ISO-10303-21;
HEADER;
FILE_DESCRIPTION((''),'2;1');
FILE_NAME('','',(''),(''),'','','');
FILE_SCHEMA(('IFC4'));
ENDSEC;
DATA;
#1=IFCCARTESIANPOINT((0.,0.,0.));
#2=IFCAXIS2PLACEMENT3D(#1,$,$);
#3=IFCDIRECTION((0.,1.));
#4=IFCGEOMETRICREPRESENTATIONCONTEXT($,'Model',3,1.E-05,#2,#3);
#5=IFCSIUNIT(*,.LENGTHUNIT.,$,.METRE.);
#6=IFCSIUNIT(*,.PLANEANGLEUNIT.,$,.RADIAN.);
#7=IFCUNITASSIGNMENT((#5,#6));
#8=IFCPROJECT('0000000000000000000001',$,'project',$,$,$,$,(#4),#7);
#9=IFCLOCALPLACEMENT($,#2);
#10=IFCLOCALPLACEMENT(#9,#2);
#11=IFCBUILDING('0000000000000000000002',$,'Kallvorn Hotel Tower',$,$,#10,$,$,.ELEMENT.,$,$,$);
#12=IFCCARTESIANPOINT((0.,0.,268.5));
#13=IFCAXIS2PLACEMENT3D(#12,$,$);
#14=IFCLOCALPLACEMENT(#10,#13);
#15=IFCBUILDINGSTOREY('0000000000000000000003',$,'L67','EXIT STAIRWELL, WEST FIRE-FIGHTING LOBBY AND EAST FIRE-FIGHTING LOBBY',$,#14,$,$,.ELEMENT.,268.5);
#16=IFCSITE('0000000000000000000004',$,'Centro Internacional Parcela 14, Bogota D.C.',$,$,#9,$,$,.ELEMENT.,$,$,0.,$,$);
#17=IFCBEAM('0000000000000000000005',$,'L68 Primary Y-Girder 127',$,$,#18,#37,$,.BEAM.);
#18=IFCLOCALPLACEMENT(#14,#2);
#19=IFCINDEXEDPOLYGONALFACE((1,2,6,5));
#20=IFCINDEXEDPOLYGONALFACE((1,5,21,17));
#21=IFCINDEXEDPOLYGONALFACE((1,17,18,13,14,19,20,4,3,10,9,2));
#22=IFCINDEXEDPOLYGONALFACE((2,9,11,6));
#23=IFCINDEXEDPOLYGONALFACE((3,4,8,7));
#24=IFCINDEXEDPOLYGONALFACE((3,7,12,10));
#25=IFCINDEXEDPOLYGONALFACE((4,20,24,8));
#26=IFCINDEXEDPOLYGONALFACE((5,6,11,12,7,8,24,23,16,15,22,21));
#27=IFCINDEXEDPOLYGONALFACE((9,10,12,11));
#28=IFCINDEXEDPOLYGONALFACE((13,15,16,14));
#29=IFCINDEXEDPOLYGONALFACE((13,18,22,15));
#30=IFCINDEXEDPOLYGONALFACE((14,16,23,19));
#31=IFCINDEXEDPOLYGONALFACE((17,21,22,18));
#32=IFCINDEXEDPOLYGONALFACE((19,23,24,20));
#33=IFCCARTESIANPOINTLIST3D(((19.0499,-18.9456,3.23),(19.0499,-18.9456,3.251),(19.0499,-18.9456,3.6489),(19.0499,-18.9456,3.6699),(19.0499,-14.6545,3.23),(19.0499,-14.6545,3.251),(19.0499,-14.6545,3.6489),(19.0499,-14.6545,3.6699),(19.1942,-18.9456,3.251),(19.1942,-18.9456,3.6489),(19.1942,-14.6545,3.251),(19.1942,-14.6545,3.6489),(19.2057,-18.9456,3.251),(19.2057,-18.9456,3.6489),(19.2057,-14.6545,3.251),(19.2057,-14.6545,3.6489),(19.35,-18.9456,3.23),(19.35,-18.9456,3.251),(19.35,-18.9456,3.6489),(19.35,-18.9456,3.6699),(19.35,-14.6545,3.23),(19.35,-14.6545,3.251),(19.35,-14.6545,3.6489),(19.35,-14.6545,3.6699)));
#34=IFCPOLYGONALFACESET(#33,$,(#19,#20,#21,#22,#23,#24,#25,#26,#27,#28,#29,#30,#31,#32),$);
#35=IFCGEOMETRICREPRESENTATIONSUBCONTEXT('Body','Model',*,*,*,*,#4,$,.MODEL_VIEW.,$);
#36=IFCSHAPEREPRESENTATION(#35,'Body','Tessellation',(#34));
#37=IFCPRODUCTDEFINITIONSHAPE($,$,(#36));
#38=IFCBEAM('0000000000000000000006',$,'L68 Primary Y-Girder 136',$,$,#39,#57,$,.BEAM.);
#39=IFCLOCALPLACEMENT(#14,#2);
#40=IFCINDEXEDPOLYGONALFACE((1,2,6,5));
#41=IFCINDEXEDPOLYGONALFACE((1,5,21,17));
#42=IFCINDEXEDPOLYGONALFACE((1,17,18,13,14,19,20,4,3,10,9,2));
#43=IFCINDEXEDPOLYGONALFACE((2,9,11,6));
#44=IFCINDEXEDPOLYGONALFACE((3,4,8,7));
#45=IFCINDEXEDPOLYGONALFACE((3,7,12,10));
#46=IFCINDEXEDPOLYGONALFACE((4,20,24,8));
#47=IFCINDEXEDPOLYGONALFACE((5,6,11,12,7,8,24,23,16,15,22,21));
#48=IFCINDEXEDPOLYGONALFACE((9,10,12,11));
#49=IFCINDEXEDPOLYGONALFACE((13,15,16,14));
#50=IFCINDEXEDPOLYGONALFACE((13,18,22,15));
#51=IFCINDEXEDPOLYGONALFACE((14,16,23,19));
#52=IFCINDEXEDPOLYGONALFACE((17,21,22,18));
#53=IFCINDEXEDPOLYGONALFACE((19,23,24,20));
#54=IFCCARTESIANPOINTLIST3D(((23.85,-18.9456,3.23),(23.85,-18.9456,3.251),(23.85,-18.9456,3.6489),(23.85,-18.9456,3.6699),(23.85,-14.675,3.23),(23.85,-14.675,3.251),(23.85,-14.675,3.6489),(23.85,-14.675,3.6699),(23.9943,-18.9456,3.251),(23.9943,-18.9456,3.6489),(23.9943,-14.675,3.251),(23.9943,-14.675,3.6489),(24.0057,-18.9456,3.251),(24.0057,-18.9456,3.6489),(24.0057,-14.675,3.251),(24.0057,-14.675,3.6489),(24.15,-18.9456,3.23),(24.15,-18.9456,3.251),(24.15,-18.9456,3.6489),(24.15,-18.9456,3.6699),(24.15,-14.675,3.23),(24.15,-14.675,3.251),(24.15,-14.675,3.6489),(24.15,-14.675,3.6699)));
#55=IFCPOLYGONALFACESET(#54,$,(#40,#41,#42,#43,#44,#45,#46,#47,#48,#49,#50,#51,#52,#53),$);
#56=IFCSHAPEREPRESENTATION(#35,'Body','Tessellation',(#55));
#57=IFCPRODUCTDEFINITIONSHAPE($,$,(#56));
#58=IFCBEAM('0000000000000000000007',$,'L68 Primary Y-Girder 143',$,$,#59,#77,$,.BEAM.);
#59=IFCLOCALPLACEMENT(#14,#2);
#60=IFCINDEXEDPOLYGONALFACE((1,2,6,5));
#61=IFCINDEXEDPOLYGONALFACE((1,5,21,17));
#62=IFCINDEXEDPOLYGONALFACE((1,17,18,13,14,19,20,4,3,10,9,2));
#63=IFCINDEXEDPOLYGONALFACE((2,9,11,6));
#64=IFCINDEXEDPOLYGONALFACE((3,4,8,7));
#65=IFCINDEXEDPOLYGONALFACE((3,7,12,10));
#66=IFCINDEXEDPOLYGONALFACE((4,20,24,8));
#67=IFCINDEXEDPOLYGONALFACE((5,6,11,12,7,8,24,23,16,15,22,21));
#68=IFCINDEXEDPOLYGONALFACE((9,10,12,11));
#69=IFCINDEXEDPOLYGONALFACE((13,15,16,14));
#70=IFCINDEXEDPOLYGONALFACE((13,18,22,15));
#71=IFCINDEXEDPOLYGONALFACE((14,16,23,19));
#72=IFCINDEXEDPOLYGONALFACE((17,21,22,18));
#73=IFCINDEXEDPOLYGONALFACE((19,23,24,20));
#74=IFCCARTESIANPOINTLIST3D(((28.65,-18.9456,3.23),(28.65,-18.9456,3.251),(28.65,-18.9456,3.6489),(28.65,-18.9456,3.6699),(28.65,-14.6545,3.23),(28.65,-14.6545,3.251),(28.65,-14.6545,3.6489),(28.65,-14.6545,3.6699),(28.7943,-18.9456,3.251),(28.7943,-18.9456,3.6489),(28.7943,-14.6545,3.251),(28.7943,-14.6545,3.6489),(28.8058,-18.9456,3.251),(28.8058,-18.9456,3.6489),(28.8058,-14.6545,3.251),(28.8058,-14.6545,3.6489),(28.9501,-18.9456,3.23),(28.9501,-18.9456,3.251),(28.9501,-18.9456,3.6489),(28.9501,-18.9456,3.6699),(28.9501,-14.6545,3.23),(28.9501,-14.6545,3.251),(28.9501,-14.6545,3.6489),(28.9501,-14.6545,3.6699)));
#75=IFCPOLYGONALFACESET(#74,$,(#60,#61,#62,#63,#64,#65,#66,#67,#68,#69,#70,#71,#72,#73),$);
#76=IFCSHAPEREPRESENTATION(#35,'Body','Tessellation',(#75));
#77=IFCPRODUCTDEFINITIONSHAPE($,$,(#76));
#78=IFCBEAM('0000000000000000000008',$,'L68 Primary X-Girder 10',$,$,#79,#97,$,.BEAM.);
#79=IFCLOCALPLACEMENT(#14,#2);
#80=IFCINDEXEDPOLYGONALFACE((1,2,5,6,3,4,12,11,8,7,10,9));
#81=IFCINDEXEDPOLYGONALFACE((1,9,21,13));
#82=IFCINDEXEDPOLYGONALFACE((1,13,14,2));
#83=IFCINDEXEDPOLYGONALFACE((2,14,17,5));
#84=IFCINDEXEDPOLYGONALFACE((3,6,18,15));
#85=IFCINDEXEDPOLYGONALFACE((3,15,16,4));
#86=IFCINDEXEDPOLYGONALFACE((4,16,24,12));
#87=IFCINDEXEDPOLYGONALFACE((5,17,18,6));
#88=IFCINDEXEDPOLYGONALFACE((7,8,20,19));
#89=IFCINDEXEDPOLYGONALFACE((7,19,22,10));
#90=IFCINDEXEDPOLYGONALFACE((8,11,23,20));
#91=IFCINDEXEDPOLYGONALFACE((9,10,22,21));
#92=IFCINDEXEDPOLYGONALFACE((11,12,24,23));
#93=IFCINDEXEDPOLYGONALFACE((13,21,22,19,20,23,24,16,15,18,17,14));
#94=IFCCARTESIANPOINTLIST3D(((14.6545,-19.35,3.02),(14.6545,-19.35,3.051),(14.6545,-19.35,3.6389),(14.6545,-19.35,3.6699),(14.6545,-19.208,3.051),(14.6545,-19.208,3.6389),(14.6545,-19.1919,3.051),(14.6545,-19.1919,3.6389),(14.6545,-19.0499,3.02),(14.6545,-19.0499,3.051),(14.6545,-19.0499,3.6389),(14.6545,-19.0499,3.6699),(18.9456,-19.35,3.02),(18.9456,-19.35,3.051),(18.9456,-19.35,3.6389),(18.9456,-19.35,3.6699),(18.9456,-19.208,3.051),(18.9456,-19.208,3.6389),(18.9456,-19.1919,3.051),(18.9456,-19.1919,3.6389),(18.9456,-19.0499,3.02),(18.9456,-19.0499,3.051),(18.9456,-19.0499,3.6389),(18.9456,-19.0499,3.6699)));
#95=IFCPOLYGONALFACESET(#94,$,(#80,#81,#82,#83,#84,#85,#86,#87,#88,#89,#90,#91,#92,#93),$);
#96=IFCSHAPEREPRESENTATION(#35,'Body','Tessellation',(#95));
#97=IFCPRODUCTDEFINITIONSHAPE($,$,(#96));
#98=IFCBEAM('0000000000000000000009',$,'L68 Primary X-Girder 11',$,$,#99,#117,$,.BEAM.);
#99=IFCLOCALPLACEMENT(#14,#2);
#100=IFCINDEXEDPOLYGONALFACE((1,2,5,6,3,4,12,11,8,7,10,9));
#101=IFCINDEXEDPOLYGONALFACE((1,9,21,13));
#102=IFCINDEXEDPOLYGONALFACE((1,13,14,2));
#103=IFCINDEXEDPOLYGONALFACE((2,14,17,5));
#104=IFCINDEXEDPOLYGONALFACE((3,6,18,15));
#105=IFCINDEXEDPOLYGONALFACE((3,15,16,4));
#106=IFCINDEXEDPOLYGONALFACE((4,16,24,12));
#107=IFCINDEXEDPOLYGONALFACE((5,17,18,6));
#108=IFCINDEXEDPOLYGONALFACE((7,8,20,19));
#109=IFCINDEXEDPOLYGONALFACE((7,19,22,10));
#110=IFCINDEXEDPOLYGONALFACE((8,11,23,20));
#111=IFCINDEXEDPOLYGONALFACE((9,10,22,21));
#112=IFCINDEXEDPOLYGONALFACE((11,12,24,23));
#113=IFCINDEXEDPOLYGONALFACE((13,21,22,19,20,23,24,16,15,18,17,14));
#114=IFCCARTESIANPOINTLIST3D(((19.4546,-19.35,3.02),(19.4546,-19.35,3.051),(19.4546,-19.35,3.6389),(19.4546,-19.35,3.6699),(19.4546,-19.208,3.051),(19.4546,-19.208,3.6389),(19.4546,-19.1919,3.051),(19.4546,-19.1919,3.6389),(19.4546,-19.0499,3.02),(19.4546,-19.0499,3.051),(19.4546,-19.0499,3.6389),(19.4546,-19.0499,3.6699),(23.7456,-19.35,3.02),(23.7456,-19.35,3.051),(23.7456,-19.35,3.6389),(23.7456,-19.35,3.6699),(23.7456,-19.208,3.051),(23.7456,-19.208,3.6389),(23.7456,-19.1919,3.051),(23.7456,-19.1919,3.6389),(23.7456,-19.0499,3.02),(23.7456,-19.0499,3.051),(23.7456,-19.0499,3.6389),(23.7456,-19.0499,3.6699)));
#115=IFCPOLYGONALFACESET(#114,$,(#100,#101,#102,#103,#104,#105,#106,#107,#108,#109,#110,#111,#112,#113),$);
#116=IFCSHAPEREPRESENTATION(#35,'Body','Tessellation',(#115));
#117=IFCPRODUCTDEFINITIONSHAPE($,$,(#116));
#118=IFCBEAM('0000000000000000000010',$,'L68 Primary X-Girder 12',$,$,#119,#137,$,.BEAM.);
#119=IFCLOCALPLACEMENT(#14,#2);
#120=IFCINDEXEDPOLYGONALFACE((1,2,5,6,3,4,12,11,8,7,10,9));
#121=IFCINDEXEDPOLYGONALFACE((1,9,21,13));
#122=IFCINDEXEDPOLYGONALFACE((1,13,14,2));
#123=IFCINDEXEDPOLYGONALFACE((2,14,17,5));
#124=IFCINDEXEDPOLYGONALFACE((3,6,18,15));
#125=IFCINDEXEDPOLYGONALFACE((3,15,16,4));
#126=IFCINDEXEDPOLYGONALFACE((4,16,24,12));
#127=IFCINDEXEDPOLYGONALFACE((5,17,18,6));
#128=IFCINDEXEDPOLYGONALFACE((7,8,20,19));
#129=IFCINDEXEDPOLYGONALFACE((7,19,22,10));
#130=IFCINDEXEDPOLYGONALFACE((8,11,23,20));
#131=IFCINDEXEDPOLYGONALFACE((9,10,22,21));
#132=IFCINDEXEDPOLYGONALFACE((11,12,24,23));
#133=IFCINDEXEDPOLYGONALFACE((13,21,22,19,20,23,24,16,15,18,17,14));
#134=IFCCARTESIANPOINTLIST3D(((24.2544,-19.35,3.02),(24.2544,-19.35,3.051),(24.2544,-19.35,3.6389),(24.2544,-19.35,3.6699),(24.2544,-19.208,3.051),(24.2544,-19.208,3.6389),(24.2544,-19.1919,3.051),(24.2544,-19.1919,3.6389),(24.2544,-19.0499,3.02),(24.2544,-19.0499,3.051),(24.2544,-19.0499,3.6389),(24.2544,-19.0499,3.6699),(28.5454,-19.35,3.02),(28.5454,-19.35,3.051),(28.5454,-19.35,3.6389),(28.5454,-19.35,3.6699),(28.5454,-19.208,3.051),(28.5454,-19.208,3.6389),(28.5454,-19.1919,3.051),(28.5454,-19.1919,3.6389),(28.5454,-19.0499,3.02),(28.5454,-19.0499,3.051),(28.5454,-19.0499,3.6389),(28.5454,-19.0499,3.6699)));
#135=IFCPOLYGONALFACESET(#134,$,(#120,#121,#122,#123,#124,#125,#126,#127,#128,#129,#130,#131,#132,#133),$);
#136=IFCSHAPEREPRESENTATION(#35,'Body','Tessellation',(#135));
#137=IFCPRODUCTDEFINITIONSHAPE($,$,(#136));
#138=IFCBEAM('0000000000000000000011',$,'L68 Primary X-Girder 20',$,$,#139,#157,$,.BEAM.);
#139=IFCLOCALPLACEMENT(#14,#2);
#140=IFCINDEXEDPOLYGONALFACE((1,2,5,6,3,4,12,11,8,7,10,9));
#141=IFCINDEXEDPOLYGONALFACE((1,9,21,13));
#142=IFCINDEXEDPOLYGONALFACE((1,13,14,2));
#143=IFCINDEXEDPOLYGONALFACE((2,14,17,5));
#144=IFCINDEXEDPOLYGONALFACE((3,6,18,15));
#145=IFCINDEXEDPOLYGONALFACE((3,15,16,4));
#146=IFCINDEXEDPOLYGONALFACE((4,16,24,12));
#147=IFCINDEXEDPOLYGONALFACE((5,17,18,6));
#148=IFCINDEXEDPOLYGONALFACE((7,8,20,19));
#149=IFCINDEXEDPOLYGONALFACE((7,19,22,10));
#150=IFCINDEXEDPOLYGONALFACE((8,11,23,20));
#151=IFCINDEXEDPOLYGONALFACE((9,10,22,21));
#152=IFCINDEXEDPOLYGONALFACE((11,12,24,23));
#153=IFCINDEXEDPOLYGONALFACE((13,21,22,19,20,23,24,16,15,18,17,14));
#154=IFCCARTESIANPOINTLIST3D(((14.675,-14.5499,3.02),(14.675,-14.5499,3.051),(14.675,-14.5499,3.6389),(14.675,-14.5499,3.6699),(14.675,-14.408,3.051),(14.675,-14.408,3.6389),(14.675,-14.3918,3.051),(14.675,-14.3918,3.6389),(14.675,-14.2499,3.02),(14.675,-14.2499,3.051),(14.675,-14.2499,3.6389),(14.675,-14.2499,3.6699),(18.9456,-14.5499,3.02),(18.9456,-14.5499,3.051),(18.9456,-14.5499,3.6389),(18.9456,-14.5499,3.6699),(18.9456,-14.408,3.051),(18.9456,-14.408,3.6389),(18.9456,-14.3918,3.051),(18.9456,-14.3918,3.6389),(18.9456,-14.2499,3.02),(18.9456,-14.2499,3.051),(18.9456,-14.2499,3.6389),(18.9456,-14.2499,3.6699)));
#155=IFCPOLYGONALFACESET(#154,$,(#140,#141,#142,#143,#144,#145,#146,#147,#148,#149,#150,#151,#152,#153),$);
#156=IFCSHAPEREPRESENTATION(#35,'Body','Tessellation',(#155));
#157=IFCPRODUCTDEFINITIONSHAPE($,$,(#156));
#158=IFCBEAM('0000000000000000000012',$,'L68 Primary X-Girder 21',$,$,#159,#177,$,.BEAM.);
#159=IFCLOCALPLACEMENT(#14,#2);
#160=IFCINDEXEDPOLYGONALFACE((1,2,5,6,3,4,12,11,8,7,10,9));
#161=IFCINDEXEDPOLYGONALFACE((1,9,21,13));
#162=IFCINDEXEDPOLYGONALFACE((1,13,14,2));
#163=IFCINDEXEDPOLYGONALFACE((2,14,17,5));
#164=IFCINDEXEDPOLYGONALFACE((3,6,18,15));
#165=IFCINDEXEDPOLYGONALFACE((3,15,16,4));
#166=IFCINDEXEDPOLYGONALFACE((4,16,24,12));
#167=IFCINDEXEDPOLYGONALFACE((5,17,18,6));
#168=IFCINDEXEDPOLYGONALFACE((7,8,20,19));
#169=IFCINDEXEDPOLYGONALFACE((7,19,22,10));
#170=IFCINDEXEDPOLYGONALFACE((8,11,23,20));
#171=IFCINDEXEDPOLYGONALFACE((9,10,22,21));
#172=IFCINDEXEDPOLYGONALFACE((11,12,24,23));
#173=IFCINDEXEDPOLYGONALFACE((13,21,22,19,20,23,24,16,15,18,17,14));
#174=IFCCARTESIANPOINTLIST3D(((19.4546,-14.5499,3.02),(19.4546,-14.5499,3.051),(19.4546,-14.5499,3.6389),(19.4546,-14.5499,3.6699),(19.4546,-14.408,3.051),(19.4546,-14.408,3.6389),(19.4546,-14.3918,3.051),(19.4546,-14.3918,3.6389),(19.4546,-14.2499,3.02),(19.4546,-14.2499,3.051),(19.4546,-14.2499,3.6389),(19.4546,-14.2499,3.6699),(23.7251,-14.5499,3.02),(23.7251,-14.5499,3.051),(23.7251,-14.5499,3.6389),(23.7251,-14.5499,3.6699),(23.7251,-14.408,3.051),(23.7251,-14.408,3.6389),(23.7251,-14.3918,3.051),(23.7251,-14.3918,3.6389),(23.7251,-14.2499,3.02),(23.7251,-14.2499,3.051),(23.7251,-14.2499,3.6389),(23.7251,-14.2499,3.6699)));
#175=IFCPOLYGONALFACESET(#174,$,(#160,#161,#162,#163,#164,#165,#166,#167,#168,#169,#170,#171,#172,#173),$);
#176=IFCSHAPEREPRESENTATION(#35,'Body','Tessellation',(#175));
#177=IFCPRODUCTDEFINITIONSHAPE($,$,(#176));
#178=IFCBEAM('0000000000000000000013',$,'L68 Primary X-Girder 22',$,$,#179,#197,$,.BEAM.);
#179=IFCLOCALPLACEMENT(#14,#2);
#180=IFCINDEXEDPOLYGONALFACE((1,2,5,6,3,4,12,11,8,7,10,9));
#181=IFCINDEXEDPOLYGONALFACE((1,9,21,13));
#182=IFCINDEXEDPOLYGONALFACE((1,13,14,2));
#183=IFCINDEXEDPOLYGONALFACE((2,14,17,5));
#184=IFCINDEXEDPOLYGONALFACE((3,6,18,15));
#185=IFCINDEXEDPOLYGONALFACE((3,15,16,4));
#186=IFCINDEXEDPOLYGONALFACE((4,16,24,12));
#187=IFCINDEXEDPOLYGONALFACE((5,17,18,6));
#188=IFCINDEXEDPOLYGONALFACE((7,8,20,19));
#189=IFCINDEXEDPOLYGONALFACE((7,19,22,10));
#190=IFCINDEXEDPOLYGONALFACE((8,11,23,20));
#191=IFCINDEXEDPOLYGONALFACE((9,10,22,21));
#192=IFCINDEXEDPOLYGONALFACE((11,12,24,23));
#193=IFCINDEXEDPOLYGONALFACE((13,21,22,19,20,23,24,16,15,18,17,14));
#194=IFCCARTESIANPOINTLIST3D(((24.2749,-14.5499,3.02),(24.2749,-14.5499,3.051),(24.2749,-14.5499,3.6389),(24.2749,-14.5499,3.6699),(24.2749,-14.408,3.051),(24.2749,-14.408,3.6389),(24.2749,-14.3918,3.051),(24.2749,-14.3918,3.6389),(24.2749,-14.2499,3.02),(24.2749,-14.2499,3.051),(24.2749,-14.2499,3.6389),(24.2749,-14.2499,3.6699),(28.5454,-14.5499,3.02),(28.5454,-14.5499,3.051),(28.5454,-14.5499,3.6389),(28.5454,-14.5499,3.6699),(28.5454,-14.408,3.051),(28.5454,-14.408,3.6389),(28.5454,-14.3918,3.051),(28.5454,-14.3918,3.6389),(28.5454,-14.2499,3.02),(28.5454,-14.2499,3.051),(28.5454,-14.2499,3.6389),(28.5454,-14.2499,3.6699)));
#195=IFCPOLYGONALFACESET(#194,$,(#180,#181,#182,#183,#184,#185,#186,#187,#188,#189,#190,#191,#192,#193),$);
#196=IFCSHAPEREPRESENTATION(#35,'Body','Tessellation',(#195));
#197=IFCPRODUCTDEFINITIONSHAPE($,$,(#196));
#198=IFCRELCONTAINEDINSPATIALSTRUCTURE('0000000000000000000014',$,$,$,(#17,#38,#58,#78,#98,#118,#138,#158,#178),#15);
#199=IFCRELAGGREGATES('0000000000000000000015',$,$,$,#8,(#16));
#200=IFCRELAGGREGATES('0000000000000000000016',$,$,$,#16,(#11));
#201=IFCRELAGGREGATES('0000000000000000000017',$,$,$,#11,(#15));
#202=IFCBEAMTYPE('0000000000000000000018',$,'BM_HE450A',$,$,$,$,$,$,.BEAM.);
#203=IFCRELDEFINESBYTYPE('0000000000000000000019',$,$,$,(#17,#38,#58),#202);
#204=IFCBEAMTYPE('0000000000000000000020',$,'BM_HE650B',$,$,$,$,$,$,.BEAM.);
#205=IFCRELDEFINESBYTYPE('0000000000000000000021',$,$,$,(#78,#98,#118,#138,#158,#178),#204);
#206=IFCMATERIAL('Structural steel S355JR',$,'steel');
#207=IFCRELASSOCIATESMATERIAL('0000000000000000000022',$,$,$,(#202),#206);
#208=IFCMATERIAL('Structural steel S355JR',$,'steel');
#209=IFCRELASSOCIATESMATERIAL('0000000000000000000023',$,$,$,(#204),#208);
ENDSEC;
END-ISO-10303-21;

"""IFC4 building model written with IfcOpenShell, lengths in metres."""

from ifc_helpers import new_model, si_unit, direction, frame, origin, origin_2d, place, context, subcontext, project, spatial, i_section, extrude, material, material_profile, profile_set, type_object, element, save


model = new_model("IFC4")

# Units and contexts
model_context = context("Model", 3, precision=1e-05, world=origin(), true_north=direction((0.0, 1.0)))
body_context = subcontext(model_context, "Body", "Model", "MODEL_VIEW")
ifc_project = project(units=[si_unit("LENGTHUNIT", "METRE"), si_unit("PLANEANGLEUNIT", "RADIAN")], contexts=[model_context])

# Site, building, storey
site_placement = place(None, origin())
site = spatial("IfcSite", under=ifc_project, at=site_placement, Name="Centro Internacional Parcela 14, Bogota D.C.", CompositionType="ELEMENT", RefElevation=0.0)
building_placement = place(site_placement, origin())
building = spatial("IfcBuilding", under=site, at=building_placement, Name="Kallvorn Hotel Tower", CompositionType="ELEMENT")
storey_placement = place(building_placement, frame((0.0, 0.0, 268.5)))
storey = spatial("IfcBuildingStorey", under=building, at=storey_placement, Name="L67", Description="EXIT STAIRWELL, WEST FIRE-FIGHTING LOBBY AND EAST FIRE-FIGHTING LOBBY", CompositionType="ELEMENT", Elevation=268.5)

# Beams
ifc_material_1 = material(Name="Structural steel S355JR", Category="steel")
ifc_material_profile_1 = material_profile(ifc_material_1, i_section(OverallWidth=0.3, OverallDepth=0.4399, WebThickness=0.0115, FlangeThickness=0.021, at=origin_2d()), Name="HE 450 A")
ifc_profile_set_1 = profile_set([ifc_material_profile_1], Name="Structural steel S355JR")
beam_type_1 = type_object("IfcBeamType", Name="BM_HE450A", PredefinedType="BEAM", material=ifc_profile_set_1)
beam_1_placement = place(storey_placement, frame((19.2, -18.9456, 3.45), z_axis=(0.0, 1.0, 0.0), x_axis=(-1.0, 0.0, 0.0)))
element("IfcBeam", 1, at=beam_1_placement, inside=storey, type_object=beam_type_1, Name="L68 Primary Y-Girder 127", PredefinedType="BEAM", context=body_context, shape_type="SweptSolid", body=[
    extrude(i_section(OverallWidth=0.3, OverallDepth=0.4399, WebThickness=0.0115, FlangeThickness=0.021, at=origin_2d()), origin(), (0.0, 0.0, 1.0), 4.291),
])
beam_2_placement = place(storey_placement, frame((24.0, -18.9456, 3.45), z_axis=(0.0, 1.0, 0.0), x_axis=(-1.0, 0.0, 0.0)))
element("IfcBeam", 2, at=beam_2_placement, inside=storey, type_object=beam_type_1, Name="L68 Primary Y-Girder 136", PredefinedType="BEAM", context=body_context, shape_type="SweptSolid", body=[
    extrude(i_section(OverallWidth=0.3, OverallDepth=0.4399, WebThickness=0.0115, FlangeThickness=0.021, at=origin_2d()), origin(), (0.0, 0.0, 1.0), 4.2705),
])
beam_3_placement = place(storey_placement, frame((28.8, -18.9456, 3.45), z_axis=(0.0, 1.0, 0.0), x_axis=(-1.0, 0.0, 0.0)))
element("IfcBeam", 3, at=beam_3_placement, inside=storey, type_object=beam_type_1, Name="L68 Primary Y-Girder 143", PredefinedType="BEAM", context=body_context, shape_type="SweptSolid", body=[
    extrude(i_section(OverallWidth=0.3, OverallDepth=0.4399, WebThickness=0.0115, FlangeThickness=0.021, at=origin_2d()), origin(), (0.0, 0.0, 1.0), 4.291),
])
ifc_material_2 = material(Name="Structural steel S355JR", Category="steel")
ifc_material_profile_2 = material_profile(ifc_material_2, i_section(OverallWidth=0.3, OverallDepth=0.6499, WebThickness=0.0161, FlangeThickness=0.031, at=origin_2d()), Name="HE 650 B")
ifc_profile_set_2 = profile_set([ifc_material_profile_2], Name="Structural steel S355JR")
beam_type_2 = type_object("IfcBeamType", Name="BM_HE650B", PredefinedType="BEAM", material=ifc_profile_set_2)
for number, where, z_axis, x_axis, name in (
    (4, (14.6545, -19.2, 3.345), (1.0, 0.0, 0.0), (0.0, 1.0, 0.0), "L68 Primary X-Girder 10"),
    (5, (19.4546, -19.2, 3.345), (1.0, 0.0, 0.0), (0.0, 1.0, 0.0), "L68 Primary X-Girder 11"),
    (6, (24.2544, -19.2, 3.345), (1.0, 0.0, 0.0), (0.0, 1.0, 0.0), "L68 Primary X-Girder 12"),
):
    element("IfcBeam", number, at=place(storey_placement, frame(where, z_axis=z_axis, x_axis=x_axis)), inside=storey, type_object=beam_type_2, Name=name, PredefinedType="BEAM", context=body_context, shape_type="SweptSolid", body=[
        extrude(i_section(OverallWidth=0.3, OverallDepth=0.6499, WebThickness=0.0161, FlangeThickness=0.031, at=origin_2d()), origin(), (0.0, 0.0, 1.0), 4.291),
    ])
for number, where, z_axis, x_axis, name in (
    (7, (14.675, -14.3999, 3.345), (1.0, 0.0, 0.0), (0.0, 1.0, 0.0), "L68 Primary X-Girder 20"),
    (8, (19.4546, -14.3999, 3.345), (1.0, 0.0, 0.0), (0.0, 1.0, 0.0), "L68 Primary X-Girder 21"),
    (9, (24.2749, -14.3999, 3.345), (1.0, 0.0, 0.0), (0.0, 1.0, 0.0), "L68 Primary X-Girder 22"),
):
    element("IfcBeam", number, at=place(storey_placement, frame(where, z_axis=z_axis, x_axis=x_axis)), inside=storey, type_object=beam_type_2, Name=name, PredefinedType="BEAM", context=body_context, shape_type="SweptSolid", body=[
        extrude(i_section(OverallWidth=0.3, OverallDepth=0.6499, WebThickness=0.0161, FlangeThickness=0.031, at=origin_2d()), origin(), (0.0, 0.0, 1.0), 4.2705),
    ])

save(model, "model.ifc")
